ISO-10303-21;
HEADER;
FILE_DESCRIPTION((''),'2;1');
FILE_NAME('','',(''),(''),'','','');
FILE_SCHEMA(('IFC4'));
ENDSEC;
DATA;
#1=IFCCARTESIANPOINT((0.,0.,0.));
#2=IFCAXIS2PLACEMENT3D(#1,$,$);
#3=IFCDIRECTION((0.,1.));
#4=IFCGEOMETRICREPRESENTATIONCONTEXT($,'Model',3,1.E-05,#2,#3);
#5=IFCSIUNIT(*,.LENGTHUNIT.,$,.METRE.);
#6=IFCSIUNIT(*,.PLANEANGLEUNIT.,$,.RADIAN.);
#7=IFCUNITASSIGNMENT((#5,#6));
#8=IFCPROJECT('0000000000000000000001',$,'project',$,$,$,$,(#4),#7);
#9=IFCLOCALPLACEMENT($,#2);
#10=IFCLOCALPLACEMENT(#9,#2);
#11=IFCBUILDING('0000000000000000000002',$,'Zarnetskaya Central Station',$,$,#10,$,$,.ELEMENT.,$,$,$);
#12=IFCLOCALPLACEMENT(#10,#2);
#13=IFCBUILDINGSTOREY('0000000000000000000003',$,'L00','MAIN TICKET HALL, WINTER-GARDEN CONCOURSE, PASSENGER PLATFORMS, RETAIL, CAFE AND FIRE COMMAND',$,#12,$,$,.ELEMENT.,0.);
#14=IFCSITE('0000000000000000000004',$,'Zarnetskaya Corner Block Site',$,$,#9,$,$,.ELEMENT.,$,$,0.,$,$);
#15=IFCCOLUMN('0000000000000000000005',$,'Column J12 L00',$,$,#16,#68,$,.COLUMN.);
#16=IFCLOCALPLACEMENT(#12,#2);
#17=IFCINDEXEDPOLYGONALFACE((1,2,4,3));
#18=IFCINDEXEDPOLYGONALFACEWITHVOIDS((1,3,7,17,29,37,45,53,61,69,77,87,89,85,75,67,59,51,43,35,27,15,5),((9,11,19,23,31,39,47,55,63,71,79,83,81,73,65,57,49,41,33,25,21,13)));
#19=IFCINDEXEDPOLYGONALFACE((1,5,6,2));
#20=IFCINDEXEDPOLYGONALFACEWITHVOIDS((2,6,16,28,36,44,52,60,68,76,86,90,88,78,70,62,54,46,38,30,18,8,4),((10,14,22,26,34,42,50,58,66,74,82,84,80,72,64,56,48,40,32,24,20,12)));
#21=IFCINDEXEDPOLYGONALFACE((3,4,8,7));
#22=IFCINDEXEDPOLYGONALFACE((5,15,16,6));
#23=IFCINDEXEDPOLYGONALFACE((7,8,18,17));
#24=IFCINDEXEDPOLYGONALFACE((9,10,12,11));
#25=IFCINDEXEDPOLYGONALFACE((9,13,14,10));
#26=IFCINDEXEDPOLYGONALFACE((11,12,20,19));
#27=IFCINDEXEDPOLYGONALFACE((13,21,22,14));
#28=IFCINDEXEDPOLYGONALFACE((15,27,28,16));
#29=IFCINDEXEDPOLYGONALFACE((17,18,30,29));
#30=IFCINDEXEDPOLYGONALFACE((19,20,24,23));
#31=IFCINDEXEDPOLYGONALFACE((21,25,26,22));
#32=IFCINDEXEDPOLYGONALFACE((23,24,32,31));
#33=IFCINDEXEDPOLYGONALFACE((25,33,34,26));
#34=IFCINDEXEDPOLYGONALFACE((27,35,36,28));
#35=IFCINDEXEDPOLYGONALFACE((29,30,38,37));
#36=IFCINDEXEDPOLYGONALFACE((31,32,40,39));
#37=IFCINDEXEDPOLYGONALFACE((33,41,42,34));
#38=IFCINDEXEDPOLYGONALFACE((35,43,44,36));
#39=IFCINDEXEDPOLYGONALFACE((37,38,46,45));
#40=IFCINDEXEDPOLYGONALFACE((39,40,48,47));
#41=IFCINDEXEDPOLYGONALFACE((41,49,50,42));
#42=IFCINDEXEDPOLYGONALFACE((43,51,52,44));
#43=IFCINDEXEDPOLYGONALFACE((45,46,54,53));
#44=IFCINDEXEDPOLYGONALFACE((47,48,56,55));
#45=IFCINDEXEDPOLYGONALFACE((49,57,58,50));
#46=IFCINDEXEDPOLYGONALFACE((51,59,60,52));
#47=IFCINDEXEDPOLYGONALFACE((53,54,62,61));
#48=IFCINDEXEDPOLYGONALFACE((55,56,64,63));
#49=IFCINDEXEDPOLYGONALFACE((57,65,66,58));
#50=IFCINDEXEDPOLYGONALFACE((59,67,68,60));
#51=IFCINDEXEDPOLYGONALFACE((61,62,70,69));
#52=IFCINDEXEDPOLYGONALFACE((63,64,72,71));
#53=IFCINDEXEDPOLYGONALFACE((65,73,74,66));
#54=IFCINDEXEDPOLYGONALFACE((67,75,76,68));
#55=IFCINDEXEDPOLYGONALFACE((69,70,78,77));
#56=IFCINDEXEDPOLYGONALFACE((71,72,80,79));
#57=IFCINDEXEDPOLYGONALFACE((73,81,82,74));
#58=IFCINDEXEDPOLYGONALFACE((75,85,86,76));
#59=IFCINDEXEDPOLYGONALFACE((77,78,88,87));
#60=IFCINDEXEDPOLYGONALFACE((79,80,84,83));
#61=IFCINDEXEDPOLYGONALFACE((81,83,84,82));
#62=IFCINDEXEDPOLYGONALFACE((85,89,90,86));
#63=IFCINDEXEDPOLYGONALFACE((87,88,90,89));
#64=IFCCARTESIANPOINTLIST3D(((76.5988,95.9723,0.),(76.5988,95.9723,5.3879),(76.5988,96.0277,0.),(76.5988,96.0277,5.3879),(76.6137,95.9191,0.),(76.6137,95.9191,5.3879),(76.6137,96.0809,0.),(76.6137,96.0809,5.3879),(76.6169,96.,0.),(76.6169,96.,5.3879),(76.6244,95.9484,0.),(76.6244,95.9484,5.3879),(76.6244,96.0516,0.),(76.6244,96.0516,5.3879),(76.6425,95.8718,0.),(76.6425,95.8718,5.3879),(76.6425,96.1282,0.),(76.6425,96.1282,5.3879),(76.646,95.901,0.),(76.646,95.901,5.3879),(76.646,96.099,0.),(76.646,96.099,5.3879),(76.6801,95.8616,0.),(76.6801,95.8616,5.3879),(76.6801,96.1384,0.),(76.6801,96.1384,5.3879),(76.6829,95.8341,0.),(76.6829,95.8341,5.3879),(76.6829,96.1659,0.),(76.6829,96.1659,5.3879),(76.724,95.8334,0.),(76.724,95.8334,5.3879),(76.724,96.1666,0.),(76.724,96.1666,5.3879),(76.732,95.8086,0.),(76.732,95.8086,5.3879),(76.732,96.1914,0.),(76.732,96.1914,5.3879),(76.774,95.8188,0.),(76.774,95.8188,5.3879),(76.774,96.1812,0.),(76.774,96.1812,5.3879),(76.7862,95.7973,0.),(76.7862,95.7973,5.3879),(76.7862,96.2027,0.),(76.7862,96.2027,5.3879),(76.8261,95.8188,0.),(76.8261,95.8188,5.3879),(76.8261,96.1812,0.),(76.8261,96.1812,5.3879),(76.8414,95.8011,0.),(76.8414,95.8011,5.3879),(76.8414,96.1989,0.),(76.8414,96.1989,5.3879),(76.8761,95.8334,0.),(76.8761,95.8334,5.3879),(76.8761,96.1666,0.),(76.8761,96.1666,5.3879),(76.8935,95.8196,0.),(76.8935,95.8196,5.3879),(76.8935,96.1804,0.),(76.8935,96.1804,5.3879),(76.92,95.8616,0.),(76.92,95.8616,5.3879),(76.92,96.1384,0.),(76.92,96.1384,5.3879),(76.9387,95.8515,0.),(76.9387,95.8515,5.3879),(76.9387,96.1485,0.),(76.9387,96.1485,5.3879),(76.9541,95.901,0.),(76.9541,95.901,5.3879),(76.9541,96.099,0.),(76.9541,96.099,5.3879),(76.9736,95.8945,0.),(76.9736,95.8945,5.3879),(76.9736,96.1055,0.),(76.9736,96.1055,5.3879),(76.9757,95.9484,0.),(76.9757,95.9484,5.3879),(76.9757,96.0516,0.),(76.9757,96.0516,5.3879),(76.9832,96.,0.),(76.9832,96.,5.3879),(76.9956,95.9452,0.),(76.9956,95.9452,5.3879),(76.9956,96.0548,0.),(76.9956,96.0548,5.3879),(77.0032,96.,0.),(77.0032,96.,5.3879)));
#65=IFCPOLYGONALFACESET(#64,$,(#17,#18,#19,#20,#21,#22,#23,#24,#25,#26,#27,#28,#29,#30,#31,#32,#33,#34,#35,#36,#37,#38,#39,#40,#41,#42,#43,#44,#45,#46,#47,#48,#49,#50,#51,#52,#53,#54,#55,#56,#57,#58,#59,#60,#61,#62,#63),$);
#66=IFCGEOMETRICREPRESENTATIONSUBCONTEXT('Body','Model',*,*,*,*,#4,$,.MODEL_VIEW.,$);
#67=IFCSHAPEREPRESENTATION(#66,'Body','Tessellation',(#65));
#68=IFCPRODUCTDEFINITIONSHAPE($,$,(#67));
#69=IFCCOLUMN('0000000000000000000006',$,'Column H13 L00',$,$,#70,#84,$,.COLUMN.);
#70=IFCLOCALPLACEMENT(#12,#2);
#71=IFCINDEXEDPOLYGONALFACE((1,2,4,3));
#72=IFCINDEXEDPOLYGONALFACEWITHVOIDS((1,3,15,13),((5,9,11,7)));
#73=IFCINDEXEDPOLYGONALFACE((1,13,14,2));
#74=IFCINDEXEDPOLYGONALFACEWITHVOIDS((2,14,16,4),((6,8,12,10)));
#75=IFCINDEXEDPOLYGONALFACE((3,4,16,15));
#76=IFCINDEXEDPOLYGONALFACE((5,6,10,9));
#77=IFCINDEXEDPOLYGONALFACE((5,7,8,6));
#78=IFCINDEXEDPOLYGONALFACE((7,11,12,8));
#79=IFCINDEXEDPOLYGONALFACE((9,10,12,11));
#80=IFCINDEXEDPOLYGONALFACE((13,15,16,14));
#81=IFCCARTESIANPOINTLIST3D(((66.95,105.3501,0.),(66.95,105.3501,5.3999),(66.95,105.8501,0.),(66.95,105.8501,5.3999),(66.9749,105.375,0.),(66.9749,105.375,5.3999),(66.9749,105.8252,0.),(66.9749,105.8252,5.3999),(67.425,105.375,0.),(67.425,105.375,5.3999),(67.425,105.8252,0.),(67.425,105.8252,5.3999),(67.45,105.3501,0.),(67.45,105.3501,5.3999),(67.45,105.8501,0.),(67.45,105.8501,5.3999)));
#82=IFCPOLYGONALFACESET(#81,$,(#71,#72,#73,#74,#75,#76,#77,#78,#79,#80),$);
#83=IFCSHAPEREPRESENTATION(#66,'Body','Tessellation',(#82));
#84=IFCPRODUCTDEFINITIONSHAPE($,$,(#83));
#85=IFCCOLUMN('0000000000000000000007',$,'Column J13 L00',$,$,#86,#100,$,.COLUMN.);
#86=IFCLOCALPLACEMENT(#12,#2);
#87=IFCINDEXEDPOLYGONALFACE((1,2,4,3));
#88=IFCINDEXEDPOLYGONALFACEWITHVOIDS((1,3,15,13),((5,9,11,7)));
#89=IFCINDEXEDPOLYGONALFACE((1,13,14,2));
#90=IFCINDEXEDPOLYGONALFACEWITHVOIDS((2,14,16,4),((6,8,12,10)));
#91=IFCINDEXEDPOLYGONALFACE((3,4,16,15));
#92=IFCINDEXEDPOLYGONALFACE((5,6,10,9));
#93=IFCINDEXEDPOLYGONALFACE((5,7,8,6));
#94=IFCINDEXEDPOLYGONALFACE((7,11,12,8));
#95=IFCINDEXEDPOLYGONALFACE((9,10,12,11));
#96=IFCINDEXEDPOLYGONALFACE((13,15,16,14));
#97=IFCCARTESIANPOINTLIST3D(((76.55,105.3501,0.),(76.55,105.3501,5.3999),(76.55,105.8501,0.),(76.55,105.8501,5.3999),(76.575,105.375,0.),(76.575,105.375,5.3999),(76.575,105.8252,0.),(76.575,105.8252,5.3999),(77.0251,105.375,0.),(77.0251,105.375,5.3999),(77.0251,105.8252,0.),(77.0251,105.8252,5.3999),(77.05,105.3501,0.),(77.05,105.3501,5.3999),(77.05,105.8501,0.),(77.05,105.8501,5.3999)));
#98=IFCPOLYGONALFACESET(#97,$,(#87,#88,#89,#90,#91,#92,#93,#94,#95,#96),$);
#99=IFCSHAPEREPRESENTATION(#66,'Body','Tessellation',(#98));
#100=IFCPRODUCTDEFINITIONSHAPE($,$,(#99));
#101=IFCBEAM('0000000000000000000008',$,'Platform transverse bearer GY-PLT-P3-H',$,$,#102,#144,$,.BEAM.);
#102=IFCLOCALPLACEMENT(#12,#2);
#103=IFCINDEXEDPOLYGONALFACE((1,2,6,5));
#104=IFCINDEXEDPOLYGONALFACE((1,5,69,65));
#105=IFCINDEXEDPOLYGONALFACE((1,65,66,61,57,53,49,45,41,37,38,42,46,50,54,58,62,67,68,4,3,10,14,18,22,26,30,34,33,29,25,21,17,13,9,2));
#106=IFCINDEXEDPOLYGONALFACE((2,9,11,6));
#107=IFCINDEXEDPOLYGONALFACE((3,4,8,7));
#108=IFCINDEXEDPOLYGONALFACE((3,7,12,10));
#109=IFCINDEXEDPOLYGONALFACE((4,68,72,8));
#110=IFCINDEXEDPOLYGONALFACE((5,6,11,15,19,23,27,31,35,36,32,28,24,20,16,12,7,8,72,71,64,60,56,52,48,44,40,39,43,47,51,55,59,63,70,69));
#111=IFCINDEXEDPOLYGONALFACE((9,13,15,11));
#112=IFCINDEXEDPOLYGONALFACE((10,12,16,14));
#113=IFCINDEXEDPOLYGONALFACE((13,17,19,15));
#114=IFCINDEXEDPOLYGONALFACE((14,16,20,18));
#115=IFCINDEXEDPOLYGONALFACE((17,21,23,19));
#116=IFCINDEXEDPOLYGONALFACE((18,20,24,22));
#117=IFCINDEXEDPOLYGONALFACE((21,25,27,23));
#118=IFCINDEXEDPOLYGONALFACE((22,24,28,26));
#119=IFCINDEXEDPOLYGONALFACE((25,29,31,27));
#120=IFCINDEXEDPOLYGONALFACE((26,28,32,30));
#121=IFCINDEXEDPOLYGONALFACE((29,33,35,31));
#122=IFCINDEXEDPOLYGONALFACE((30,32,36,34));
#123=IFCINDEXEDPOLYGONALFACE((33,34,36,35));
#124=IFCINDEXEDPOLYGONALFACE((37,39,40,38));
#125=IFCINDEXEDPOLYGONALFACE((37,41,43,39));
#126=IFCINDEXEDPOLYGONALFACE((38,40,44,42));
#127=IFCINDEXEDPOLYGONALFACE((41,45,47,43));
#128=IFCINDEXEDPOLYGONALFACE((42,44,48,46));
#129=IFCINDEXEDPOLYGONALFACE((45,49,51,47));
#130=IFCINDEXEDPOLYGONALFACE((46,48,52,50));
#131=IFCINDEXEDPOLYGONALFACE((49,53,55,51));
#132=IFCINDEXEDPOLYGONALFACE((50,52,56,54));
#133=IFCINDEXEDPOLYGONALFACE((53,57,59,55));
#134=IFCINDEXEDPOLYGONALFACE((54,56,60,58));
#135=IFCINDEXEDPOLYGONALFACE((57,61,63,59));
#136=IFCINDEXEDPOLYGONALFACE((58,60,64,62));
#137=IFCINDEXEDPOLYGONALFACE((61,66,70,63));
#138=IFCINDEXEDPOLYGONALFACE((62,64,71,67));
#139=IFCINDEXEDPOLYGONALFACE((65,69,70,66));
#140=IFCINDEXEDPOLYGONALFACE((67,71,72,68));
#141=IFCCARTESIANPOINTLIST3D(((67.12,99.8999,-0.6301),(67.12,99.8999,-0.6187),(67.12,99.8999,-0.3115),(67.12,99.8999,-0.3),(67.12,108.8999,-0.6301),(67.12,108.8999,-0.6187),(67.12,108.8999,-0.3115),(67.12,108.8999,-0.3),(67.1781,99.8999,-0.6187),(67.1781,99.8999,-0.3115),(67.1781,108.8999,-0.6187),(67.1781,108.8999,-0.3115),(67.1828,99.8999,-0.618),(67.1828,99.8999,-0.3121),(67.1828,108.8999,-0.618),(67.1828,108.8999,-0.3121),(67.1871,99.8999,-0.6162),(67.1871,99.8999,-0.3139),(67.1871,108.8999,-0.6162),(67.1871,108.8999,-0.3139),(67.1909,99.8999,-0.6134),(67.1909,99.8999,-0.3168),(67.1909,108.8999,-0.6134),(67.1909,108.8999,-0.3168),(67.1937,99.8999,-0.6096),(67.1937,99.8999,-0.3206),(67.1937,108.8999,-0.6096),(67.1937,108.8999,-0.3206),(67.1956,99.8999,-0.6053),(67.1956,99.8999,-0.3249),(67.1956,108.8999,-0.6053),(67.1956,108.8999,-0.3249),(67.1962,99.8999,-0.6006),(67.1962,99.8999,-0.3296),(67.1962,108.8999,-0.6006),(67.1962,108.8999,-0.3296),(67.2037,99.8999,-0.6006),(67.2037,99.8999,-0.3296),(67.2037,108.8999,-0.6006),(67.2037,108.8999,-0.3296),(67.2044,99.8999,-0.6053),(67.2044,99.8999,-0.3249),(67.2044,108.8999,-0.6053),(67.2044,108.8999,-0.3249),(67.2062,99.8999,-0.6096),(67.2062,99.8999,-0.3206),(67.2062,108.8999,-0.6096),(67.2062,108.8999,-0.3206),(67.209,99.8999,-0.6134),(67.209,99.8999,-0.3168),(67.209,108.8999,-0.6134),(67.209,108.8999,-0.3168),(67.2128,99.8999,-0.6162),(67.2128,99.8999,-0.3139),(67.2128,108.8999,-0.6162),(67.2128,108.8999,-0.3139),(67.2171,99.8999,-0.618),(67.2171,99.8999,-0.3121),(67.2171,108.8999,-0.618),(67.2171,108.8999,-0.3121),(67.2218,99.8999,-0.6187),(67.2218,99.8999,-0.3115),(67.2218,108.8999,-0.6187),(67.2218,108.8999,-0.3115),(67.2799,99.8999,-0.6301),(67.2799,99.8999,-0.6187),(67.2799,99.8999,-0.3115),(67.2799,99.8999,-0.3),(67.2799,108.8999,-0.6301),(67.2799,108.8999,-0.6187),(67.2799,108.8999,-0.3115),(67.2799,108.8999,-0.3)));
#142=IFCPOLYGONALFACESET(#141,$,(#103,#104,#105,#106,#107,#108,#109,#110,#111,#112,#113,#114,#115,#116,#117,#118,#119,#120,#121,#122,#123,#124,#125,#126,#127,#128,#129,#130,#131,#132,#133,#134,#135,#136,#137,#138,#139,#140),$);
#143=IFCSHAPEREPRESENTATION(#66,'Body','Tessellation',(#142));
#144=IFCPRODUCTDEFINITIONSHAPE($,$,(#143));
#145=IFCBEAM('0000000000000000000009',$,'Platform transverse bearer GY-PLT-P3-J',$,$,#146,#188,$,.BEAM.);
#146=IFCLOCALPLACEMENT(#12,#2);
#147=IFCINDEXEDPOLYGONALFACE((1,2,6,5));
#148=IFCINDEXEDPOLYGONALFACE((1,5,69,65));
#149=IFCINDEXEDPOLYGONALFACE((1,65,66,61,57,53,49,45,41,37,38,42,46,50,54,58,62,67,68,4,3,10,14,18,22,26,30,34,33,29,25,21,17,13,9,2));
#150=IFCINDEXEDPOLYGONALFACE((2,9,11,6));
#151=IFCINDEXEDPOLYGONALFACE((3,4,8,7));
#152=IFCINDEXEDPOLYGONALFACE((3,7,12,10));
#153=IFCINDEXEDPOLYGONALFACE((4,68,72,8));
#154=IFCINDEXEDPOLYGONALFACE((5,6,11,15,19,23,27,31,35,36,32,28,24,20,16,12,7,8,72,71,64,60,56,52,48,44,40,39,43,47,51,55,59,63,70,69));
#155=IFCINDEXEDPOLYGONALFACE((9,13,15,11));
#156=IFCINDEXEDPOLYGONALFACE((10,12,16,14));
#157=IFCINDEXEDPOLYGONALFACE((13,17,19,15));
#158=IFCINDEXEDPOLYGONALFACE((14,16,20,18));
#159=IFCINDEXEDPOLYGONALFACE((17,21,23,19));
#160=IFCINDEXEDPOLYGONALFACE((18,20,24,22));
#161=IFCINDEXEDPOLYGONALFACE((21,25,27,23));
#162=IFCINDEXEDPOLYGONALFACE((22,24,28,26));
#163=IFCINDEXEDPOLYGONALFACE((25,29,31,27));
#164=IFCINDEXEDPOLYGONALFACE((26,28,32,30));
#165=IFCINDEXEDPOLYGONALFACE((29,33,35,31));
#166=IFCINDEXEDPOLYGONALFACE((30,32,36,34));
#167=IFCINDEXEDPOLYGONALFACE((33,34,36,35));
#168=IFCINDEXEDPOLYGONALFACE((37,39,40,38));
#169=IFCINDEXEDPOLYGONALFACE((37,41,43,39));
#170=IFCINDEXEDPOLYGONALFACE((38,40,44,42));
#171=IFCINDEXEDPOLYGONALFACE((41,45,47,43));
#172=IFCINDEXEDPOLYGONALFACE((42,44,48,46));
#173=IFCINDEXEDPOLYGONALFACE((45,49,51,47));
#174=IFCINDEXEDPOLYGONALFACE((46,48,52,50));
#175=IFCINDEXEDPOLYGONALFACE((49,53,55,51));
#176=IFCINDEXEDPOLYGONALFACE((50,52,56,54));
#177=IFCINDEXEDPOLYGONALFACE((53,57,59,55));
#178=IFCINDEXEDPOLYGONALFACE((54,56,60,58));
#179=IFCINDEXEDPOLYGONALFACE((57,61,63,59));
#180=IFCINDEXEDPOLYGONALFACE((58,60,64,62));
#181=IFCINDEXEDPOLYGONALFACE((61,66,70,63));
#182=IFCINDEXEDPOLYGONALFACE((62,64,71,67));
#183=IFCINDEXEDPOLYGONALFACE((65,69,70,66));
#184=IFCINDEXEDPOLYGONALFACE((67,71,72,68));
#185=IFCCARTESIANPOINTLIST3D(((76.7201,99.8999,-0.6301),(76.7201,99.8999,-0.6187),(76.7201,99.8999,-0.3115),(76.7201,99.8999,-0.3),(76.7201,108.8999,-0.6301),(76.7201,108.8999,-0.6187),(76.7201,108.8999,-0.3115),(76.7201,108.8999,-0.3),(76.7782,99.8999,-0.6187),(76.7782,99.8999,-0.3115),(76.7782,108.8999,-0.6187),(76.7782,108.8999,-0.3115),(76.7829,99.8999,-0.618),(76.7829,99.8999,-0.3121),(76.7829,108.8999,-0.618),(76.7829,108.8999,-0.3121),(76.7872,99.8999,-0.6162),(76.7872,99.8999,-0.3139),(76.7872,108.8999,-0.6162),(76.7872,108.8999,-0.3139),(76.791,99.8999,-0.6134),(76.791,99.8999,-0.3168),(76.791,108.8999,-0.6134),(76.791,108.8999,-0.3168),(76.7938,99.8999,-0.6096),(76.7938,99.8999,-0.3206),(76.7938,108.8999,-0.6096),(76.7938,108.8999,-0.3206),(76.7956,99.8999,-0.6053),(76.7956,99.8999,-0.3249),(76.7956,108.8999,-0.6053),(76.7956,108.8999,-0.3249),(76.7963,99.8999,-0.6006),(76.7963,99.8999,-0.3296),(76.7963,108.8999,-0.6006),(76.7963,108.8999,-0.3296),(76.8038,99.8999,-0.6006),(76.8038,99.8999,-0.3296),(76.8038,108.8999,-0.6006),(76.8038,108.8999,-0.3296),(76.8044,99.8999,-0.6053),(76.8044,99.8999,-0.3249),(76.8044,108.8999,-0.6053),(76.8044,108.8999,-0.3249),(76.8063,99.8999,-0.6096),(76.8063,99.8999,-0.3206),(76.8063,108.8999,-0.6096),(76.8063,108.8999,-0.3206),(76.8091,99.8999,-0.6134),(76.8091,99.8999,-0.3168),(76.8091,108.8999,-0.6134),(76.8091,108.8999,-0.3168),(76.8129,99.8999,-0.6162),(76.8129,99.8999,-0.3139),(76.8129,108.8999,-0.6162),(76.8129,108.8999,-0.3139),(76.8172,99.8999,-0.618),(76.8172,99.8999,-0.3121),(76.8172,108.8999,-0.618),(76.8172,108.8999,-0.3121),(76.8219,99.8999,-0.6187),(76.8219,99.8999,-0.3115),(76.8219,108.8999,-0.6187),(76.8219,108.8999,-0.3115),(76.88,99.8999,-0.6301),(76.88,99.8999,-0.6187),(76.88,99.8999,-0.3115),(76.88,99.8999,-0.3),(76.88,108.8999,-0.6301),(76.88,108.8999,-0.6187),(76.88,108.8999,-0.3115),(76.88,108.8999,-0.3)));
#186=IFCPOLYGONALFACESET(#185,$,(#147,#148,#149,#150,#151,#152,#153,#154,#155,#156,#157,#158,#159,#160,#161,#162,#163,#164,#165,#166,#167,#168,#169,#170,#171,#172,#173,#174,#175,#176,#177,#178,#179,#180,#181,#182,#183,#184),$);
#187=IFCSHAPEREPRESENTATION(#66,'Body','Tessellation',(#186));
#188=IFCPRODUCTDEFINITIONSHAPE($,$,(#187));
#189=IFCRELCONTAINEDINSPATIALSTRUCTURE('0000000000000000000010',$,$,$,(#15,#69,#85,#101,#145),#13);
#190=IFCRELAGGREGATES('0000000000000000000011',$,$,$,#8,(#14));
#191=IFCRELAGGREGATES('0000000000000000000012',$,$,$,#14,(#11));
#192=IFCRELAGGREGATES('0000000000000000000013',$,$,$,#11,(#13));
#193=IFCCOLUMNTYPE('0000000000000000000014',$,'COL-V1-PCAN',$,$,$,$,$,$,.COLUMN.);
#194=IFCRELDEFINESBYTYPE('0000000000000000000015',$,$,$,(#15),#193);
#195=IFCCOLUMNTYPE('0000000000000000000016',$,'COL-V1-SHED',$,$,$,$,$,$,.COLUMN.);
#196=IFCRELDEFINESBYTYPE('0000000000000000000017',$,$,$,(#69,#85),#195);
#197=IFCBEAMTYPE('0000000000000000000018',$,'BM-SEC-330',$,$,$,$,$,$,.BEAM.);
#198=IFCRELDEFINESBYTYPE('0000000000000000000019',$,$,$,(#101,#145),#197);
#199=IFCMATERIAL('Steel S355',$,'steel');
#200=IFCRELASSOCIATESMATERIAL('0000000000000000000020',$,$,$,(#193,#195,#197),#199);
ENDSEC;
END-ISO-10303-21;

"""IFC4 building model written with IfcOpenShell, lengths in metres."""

from ifc_helpers import new_model, si_unit, direction, frame, origin, origin_2d, place, context, subcontext, project, spatial, hollow_rectangle, hollow_circle, i_section, extrude, material, material_profile, profile_set, type_object, element, save


model = new_model("IFC4")

# Units and contexts
model_context = context("Model", 3, precision=1e-05, world=origin(), true_north=direction((0.0, 1.0)))
body_context = subcontext(model_context, "Body", "Model", "MODEL_VIEW")
ifc_project = project(units=[si_unit("LENGTHUNIT", "METRE"), si_unit("PLANEANGLEUNIT", "RADIAN")], contexts=[model_context])

# Site, building, storey
site_placement = place(None, origin())
site = spatial("IfcSite", under=ifc_project, at=site_placement, Name="Zarnetskaya Corner Block Site", CompositionType="ELEMENT", RefElevation=0.0)
building_placement = place(site_placement, origin())
building = spatial("IfcBuilding", under=site, at=building_placement, Name="Zarnetskaya Central Station", CompositionType="ELEMENT")
storey_placement = place(building_placement, origin())
storey = spatial("IfcBuildingStorey", under=building, at=storey_placement, Name="L00", Description="MAIN TICKET HALL, WINTER-GARDEN CONCOURSE, PASSENGER PLATFORMS, RETAIL, CAFE AND FIRE COMMAND", CompositionType="ELEMENT", Elevation=0.0)

# Columns
ifc_material = material(Name="Steel S355", Category="steel")
ifc_material_profile_1 = material_profile(ifc_material, hollow_circle(Radius=0.2031, WallThickness=0.02, at=origin_2d()), Name="CHS 406.4x20")
ifc_profile_set_1 = profile_set([ifc_material_profile_1], Name="Steel S355")
column_type_1 = type_object("IfcColumnType", Name="COL-V1-PCAN", PredefinedType="COLUMN", material=ifc_profile_set_1)
column_placement = place(storey_placement, frame((76.8, 96.0, 0.0), z_axis=(0.0, 0.0, 1.0), x_axis=(1.0, 0.0, 0.0)))
element("IfcColumn", 1, at=column_placement, inside=storey, type_object=column_type_1, Name="Column J12 L00", PredefinedType="COLUMN", context=body_context, shape_type="SweptSolid", body=[
    extrude(hollow_circle(Radius=0.2031, WallThickness=0.02, at=origin_2d()), origin(), (0.0, 0.0, 1.0), 5.3879),
])
ifc_material_profile_2 = material_profile(ifc_material, hollow_rectangle(XDim=0.5, YDim=0.5, WallThickness=0.0249, at=origin_2d()), Name="BOX 500x500x25")
ifc_profile_set_2 = profile_set([ifc_material_profile_2], Name="Steel S355")
column_type_2 = type_object("IfcColumnType", Name="COL-V1-SHED", PredefinedType="COLUMN", material=ifc_profile_set_2)
for number, where, z_axis, x_axis, name in (
    (2, (67.2, 105.6001, 0.0), (0.0, 0.0, 1.0), (1.0, 0.0, 0.0), "Column H13 L00"),
    (3, (76.8, 105.6001, 0.0), (0.0, 0.0, 1.0), (1.0, 0.0, 0.0), "Column J13 L00"),
):
    element("IfcColumn", number, at=place(storey_placement, frame(where, z_axis=z_axis, x_axis=x_axis)), inside=storey, type_object=column_type_2, Name=name, PredefinedType="COLUMN", context=body_context, shape_type="SweptSolid", body=[
        extrude(hollow_rectangle(XDim=0.5, YDim=0.5, WallThickness=0.0249, at=origin_2d()), origin(), (0.0, 0.0, 1.0), 5.3999),
    ])

# Beams
ifc_material_profile_3 = material_profile(ifc_material, i_section(OverallWidth=0.1599, OverallDepth=0.3301, WebThickness=0.0076, FlangeThickness=0.0115, FilletRadius=0.0181, at=origin_2d()), Name="IPE 330")
ifc_profile_set_3 = profile_set([ifc_material_profile_3], Name="Steel S355")
beam_type_1 = type_object("IfcBeamType", Name="BM-SEC-330", PredefinedType="BEAM", material=ifc_profile_set_3)
for number, where, z_axis, x_axis, name in (
    (4, (67.2, 99.8999, -0.4651), (0.0, 1.0, 0.0), (-1.0, 0.0, 0.0), "Platform transverse bearer GY-PLT-P3-H"),
    (5, (76.8, 99.8999, -0.4651), (0.0, 1.0, 0.0), (-1.0, 0.0, 0.0), "Platform transverse bearer GY-PLT-P3-J"),
):
    element("IfcBeam", number, at=place(storey_placement, frame(where, z_axis=z_axis, x_axis=x_axis)), inside=storey, type_object=beam_type_1, Name=name, PredefinedType="BEAM", context=body_context, shape_type="SweptSolid", body=[
        extrude(i_section(OverallWidth=0.1599, OverallDepth=0.3301, WebThickness=0.0076, FlangeThickness=0.0115, FilletRadius=0.0181, at=origin_2d()), origin(), (0.0, 0.0, 1.0), 9.0),
    ])

save(model, "model.ifc")
